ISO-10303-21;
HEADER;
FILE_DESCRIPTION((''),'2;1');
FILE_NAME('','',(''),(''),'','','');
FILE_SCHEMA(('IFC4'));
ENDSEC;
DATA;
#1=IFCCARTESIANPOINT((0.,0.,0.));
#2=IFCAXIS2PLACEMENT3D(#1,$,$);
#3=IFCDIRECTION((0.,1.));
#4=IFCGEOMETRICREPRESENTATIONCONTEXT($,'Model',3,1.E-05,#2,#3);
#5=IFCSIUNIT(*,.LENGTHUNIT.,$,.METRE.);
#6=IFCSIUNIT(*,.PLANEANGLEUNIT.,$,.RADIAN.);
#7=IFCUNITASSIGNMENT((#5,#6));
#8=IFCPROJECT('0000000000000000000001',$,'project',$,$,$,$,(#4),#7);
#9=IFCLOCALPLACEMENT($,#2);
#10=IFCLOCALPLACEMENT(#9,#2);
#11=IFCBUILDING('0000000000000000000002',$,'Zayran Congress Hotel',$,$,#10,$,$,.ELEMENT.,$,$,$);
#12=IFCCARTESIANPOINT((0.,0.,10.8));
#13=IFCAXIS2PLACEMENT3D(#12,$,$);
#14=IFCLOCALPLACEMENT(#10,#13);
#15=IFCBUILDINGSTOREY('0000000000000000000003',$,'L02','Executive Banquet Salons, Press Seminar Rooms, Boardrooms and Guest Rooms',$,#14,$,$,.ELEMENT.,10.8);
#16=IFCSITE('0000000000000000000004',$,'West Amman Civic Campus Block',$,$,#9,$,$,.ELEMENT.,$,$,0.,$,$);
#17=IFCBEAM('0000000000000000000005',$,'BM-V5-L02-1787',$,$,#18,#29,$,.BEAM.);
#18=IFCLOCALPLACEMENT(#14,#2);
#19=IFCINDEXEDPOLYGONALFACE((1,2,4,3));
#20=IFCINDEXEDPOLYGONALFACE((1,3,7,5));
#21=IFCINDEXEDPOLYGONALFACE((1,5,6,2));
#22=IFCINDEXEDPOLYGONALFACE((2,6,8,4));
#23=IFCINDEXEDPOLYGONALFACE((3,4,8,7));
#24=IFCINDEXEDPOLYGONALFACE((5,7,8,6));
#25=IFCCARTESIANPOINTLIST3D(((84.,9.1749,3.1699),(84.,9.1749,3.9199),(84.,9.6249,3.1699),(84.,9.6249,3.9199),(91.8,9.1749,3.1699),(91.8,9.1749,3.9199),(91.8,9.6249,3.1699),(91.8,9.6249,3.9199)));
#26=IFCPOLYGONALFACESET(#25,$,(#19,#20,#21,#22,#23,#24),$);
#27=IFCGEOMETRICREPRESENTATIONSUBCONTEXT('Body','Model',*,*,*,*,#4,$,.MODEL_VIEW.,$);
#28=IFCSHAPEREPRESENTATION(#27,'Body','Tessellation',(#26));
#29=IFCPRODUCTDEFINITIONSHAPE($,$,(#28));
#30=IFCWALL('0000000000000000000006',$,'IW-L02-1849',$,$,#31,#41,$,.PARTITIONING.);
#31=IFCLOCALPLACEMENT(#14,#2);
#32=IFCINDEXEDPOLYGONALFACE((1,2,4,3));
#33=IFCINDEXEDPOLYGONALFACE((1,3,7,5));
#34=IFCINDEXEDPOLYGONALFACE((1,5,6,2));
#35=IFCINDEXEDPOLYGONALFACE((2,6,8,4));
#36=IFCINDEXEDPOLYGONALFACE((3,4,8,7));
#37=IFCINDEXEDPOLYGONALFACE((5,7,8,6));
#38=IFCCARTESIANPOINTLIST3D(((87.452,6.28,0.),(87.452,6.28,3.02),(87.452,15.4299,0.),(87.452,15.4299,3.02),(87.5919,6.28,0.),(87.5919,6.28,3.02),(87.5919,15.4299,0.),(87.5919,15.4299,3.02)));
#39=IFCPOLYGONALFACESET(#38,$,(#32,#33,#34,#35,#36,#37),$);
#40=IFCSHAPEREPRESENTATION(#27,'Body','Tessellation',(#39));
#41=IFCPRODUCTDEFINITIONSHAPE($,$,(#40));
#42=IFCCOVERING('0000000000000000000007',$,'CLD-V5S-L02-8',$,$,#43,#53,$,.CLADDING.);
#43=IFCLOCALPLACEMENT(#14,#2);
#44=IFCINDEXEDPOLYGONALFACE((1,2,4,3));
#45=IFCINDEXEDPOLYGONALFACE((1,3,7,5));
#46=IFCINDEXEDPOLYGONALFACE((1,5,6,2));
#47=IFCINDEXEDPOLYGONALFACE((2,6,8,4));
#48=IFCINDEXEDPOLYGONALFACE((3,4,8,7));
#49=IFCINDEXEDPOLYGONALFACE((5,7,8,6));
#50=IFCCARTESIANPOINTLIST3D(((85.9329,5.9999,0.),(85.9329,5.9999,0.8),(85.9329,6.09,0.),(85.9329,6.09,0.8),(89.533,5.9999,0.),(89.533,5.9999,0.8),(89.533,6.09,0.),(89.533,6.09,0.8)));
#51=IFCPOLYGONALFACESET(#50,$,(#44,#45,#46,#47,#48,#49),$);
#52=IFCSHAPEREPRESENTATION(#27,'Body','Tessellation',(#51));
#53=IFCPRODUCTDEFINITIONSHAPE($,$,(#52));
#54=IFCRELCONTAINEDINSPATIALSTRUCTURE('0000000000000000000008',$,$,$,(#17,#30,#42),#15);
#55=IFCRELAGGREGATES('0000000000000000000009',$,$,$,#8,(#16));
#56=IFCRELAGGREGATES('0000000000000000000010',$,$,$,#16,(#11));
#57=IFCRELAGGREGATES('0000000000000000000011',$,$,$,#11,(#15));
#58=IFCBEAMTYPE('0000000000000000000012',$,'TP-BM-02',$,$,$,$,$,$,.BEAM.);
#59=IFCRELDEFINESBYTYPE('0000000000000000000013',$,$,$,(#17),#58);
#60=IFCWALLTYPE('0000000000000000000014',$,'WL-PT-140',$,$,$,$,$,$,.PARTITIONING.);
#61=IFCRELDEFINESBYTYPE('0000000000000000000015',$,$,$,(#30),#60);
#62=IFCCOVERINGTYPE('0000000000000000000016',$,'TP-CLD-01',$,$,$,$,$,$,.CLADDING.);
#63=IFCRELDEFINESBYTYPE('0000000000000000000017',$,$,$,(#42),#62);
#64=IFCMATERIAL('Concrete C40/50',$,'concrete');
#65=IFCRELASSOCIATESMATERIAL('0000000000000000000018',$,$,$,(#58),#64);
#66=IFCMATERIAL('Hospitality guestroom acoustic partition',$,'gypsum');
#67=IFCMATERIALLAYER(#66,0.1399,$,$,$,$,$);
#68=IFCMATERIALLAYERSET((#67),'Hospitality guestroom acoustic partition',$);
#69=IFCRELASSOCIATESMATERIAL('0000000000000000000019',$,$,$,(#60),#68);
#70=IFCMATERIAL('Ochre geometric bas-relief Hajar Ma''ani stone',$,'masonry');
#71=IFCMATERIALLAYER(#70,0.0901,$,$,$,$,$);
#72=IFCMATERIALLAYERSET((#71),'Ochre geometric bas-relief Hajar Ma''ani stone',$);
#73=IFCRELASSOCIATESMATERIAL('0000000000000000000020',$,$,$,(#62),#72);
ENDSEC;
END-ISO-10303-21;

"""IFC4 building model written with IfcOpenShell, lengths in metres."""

from ifc_helpers import new_model, si_unit, direction, frame, frame_2d, origin, origin_2d, place, context, subcontext, project, spatial, rectangle, extrude, material, layer, layer_set, material_profile, profile_set, type_object, element, save


model = new_model("IFC4")

# Units and contexts
model_context = context("Model", 3, precision=1e-05, world=origin(), true_north=direction((0.0, 1.0)))
body_context = subcontext(model_context, "Body", "Model", "MODEL_VIEW")
ifc_project = project(units=[si_unit("LENGTHUNIT", "METRE"), si_unit("PLANEANGLEUNIT", "RADIAN")], contexts=[model_context])

# Site, building, storey
site_placement = place(None, origin())
site = spatial("IfcSite", under=ifc_project, at=site_placement, Name="West Amman Civic Campus Block", CompositionType="ELEMENT", RefElevation=0.0)
building_placement = place(site_placement, origin())
building = spatial("IfcBuilding", under=site, at=building_placement, Name="Zayran Congress Hotel", CompositionType="ELEMENT")
storey_placement = place(building_placement, frame((0.0, 0.0, 10.8)))
storey = spatial("IfcBuildingStorey", under=building, at=storey_placement, Name="L02", Description="Executive Banquet Salons, Press Seminar Rooms, Boardrooms and Guest Rooms", CompositionType="ELEMENT", Elevation=10.8)

# Beam
ifc_material_1 = material(Name="Concrete C40/50", Category="concrete")
ifc_material_profile = material_profile(ifc_material_1, rectangle(XDim=0.45, YDim=0.75, at=origin_2d()), Name="RC 450x750")
ifc_profile_set = profile_set([ifc_material_profile], Name="Concrete C40/50")
beam_type = type_object("IfcBeamType", Name="TP-BM-02", PredefinedType="BEAM", material=ifc_profile_set)
beam_placement = place(storey_placement, frame((84.0, 9.3999, 3.5449), z_axis=(1.0, 0.0, 0.0), x_axis=(0.0, 1.0, 0.0)))
element("IfcBeam", 1, at=beam_placement, inside=storey, type_object=beam_type, Name="BM-V5-L02-1787", PredefinedType="BEAM", context=body_context, shape_type="SweptSolid", body=[
    extrude(rectangle(XDim=0.45, YDim=0.75, at=origin_2d()), origin(), (0.0, 0.0, 1.0), 7.8),
])

# Wall
ifc_material_2 = material(Name="Hospitality guestroom acoustic partition", Category="gypsum")
ifc_layer_1 = layer(ifc_material_2, 0.1399)
ifc_layer_set_1 = layer_set([ifc_layer_1], Name="Hospitality guestroom acoustic partition")
wall_type = type_object("IfcWallType", Name="WL-PT-140", PredefinedType="PARTITIONING", material=ifc_layer_set_1)
wall_placement = place(storey_placement, frame((87.522, 6.28, 0.0), z_axis=(0.0, 0.0, 1.0), x_axis=(0.0, 1.0, 0.0)))
element("IfcWall", 2, at=wall_placement, inside=storey, type_object=wall_type, Name="IW-L02-1849", PredefinedType="PARTITIONING", context=body_context, shape_type="SweptSolid", body=[
    extrude(rectangle(XDim=9.1499, YDim=0.1399, at=frame_2d((4.575, 0.0))), origin(), (0.0, 0.0, 1.0), 3.02),
])

# Covering
ifc_material_3 = material(Name="Ochre geometric bas-relief Hajar Ma'ani stone", Category="masonry")
ifc_layer_2 = layer(ifc_material_3, 0.0901)
ifc_layer_set_2 = layer_set([ifc_layer_2], Name="Ochre geometric bas-relief Hajar Ma'ani stone")
covering_type = type_object("IfcCoveringType", Name="TP-CLD-01", PredefinedType="CLADDING", material=ifc_layer_set_2)
covering_placement = place(storey_placement, frame((87.7329, 6.0449, 0.0), z_axis=(0.0, 0.0, 1.0), x_axis=(1.0, 0.0, 0.0)))
element("IfcCovering", 3, at=covering_placement, inside=storey, type_object=covering_type, Name="CLD-V5S-L02-8", PredefinedType="CLADDING", context=body_context, shape_type="SweptSolid", body=[
    extrude(rectangle(XDim=3.6001, YDim=0.0901, at=origin_2d()), origin(), (0.0, 0.0, 1.0), 0.8),
])

save(model, "model.ifc")
